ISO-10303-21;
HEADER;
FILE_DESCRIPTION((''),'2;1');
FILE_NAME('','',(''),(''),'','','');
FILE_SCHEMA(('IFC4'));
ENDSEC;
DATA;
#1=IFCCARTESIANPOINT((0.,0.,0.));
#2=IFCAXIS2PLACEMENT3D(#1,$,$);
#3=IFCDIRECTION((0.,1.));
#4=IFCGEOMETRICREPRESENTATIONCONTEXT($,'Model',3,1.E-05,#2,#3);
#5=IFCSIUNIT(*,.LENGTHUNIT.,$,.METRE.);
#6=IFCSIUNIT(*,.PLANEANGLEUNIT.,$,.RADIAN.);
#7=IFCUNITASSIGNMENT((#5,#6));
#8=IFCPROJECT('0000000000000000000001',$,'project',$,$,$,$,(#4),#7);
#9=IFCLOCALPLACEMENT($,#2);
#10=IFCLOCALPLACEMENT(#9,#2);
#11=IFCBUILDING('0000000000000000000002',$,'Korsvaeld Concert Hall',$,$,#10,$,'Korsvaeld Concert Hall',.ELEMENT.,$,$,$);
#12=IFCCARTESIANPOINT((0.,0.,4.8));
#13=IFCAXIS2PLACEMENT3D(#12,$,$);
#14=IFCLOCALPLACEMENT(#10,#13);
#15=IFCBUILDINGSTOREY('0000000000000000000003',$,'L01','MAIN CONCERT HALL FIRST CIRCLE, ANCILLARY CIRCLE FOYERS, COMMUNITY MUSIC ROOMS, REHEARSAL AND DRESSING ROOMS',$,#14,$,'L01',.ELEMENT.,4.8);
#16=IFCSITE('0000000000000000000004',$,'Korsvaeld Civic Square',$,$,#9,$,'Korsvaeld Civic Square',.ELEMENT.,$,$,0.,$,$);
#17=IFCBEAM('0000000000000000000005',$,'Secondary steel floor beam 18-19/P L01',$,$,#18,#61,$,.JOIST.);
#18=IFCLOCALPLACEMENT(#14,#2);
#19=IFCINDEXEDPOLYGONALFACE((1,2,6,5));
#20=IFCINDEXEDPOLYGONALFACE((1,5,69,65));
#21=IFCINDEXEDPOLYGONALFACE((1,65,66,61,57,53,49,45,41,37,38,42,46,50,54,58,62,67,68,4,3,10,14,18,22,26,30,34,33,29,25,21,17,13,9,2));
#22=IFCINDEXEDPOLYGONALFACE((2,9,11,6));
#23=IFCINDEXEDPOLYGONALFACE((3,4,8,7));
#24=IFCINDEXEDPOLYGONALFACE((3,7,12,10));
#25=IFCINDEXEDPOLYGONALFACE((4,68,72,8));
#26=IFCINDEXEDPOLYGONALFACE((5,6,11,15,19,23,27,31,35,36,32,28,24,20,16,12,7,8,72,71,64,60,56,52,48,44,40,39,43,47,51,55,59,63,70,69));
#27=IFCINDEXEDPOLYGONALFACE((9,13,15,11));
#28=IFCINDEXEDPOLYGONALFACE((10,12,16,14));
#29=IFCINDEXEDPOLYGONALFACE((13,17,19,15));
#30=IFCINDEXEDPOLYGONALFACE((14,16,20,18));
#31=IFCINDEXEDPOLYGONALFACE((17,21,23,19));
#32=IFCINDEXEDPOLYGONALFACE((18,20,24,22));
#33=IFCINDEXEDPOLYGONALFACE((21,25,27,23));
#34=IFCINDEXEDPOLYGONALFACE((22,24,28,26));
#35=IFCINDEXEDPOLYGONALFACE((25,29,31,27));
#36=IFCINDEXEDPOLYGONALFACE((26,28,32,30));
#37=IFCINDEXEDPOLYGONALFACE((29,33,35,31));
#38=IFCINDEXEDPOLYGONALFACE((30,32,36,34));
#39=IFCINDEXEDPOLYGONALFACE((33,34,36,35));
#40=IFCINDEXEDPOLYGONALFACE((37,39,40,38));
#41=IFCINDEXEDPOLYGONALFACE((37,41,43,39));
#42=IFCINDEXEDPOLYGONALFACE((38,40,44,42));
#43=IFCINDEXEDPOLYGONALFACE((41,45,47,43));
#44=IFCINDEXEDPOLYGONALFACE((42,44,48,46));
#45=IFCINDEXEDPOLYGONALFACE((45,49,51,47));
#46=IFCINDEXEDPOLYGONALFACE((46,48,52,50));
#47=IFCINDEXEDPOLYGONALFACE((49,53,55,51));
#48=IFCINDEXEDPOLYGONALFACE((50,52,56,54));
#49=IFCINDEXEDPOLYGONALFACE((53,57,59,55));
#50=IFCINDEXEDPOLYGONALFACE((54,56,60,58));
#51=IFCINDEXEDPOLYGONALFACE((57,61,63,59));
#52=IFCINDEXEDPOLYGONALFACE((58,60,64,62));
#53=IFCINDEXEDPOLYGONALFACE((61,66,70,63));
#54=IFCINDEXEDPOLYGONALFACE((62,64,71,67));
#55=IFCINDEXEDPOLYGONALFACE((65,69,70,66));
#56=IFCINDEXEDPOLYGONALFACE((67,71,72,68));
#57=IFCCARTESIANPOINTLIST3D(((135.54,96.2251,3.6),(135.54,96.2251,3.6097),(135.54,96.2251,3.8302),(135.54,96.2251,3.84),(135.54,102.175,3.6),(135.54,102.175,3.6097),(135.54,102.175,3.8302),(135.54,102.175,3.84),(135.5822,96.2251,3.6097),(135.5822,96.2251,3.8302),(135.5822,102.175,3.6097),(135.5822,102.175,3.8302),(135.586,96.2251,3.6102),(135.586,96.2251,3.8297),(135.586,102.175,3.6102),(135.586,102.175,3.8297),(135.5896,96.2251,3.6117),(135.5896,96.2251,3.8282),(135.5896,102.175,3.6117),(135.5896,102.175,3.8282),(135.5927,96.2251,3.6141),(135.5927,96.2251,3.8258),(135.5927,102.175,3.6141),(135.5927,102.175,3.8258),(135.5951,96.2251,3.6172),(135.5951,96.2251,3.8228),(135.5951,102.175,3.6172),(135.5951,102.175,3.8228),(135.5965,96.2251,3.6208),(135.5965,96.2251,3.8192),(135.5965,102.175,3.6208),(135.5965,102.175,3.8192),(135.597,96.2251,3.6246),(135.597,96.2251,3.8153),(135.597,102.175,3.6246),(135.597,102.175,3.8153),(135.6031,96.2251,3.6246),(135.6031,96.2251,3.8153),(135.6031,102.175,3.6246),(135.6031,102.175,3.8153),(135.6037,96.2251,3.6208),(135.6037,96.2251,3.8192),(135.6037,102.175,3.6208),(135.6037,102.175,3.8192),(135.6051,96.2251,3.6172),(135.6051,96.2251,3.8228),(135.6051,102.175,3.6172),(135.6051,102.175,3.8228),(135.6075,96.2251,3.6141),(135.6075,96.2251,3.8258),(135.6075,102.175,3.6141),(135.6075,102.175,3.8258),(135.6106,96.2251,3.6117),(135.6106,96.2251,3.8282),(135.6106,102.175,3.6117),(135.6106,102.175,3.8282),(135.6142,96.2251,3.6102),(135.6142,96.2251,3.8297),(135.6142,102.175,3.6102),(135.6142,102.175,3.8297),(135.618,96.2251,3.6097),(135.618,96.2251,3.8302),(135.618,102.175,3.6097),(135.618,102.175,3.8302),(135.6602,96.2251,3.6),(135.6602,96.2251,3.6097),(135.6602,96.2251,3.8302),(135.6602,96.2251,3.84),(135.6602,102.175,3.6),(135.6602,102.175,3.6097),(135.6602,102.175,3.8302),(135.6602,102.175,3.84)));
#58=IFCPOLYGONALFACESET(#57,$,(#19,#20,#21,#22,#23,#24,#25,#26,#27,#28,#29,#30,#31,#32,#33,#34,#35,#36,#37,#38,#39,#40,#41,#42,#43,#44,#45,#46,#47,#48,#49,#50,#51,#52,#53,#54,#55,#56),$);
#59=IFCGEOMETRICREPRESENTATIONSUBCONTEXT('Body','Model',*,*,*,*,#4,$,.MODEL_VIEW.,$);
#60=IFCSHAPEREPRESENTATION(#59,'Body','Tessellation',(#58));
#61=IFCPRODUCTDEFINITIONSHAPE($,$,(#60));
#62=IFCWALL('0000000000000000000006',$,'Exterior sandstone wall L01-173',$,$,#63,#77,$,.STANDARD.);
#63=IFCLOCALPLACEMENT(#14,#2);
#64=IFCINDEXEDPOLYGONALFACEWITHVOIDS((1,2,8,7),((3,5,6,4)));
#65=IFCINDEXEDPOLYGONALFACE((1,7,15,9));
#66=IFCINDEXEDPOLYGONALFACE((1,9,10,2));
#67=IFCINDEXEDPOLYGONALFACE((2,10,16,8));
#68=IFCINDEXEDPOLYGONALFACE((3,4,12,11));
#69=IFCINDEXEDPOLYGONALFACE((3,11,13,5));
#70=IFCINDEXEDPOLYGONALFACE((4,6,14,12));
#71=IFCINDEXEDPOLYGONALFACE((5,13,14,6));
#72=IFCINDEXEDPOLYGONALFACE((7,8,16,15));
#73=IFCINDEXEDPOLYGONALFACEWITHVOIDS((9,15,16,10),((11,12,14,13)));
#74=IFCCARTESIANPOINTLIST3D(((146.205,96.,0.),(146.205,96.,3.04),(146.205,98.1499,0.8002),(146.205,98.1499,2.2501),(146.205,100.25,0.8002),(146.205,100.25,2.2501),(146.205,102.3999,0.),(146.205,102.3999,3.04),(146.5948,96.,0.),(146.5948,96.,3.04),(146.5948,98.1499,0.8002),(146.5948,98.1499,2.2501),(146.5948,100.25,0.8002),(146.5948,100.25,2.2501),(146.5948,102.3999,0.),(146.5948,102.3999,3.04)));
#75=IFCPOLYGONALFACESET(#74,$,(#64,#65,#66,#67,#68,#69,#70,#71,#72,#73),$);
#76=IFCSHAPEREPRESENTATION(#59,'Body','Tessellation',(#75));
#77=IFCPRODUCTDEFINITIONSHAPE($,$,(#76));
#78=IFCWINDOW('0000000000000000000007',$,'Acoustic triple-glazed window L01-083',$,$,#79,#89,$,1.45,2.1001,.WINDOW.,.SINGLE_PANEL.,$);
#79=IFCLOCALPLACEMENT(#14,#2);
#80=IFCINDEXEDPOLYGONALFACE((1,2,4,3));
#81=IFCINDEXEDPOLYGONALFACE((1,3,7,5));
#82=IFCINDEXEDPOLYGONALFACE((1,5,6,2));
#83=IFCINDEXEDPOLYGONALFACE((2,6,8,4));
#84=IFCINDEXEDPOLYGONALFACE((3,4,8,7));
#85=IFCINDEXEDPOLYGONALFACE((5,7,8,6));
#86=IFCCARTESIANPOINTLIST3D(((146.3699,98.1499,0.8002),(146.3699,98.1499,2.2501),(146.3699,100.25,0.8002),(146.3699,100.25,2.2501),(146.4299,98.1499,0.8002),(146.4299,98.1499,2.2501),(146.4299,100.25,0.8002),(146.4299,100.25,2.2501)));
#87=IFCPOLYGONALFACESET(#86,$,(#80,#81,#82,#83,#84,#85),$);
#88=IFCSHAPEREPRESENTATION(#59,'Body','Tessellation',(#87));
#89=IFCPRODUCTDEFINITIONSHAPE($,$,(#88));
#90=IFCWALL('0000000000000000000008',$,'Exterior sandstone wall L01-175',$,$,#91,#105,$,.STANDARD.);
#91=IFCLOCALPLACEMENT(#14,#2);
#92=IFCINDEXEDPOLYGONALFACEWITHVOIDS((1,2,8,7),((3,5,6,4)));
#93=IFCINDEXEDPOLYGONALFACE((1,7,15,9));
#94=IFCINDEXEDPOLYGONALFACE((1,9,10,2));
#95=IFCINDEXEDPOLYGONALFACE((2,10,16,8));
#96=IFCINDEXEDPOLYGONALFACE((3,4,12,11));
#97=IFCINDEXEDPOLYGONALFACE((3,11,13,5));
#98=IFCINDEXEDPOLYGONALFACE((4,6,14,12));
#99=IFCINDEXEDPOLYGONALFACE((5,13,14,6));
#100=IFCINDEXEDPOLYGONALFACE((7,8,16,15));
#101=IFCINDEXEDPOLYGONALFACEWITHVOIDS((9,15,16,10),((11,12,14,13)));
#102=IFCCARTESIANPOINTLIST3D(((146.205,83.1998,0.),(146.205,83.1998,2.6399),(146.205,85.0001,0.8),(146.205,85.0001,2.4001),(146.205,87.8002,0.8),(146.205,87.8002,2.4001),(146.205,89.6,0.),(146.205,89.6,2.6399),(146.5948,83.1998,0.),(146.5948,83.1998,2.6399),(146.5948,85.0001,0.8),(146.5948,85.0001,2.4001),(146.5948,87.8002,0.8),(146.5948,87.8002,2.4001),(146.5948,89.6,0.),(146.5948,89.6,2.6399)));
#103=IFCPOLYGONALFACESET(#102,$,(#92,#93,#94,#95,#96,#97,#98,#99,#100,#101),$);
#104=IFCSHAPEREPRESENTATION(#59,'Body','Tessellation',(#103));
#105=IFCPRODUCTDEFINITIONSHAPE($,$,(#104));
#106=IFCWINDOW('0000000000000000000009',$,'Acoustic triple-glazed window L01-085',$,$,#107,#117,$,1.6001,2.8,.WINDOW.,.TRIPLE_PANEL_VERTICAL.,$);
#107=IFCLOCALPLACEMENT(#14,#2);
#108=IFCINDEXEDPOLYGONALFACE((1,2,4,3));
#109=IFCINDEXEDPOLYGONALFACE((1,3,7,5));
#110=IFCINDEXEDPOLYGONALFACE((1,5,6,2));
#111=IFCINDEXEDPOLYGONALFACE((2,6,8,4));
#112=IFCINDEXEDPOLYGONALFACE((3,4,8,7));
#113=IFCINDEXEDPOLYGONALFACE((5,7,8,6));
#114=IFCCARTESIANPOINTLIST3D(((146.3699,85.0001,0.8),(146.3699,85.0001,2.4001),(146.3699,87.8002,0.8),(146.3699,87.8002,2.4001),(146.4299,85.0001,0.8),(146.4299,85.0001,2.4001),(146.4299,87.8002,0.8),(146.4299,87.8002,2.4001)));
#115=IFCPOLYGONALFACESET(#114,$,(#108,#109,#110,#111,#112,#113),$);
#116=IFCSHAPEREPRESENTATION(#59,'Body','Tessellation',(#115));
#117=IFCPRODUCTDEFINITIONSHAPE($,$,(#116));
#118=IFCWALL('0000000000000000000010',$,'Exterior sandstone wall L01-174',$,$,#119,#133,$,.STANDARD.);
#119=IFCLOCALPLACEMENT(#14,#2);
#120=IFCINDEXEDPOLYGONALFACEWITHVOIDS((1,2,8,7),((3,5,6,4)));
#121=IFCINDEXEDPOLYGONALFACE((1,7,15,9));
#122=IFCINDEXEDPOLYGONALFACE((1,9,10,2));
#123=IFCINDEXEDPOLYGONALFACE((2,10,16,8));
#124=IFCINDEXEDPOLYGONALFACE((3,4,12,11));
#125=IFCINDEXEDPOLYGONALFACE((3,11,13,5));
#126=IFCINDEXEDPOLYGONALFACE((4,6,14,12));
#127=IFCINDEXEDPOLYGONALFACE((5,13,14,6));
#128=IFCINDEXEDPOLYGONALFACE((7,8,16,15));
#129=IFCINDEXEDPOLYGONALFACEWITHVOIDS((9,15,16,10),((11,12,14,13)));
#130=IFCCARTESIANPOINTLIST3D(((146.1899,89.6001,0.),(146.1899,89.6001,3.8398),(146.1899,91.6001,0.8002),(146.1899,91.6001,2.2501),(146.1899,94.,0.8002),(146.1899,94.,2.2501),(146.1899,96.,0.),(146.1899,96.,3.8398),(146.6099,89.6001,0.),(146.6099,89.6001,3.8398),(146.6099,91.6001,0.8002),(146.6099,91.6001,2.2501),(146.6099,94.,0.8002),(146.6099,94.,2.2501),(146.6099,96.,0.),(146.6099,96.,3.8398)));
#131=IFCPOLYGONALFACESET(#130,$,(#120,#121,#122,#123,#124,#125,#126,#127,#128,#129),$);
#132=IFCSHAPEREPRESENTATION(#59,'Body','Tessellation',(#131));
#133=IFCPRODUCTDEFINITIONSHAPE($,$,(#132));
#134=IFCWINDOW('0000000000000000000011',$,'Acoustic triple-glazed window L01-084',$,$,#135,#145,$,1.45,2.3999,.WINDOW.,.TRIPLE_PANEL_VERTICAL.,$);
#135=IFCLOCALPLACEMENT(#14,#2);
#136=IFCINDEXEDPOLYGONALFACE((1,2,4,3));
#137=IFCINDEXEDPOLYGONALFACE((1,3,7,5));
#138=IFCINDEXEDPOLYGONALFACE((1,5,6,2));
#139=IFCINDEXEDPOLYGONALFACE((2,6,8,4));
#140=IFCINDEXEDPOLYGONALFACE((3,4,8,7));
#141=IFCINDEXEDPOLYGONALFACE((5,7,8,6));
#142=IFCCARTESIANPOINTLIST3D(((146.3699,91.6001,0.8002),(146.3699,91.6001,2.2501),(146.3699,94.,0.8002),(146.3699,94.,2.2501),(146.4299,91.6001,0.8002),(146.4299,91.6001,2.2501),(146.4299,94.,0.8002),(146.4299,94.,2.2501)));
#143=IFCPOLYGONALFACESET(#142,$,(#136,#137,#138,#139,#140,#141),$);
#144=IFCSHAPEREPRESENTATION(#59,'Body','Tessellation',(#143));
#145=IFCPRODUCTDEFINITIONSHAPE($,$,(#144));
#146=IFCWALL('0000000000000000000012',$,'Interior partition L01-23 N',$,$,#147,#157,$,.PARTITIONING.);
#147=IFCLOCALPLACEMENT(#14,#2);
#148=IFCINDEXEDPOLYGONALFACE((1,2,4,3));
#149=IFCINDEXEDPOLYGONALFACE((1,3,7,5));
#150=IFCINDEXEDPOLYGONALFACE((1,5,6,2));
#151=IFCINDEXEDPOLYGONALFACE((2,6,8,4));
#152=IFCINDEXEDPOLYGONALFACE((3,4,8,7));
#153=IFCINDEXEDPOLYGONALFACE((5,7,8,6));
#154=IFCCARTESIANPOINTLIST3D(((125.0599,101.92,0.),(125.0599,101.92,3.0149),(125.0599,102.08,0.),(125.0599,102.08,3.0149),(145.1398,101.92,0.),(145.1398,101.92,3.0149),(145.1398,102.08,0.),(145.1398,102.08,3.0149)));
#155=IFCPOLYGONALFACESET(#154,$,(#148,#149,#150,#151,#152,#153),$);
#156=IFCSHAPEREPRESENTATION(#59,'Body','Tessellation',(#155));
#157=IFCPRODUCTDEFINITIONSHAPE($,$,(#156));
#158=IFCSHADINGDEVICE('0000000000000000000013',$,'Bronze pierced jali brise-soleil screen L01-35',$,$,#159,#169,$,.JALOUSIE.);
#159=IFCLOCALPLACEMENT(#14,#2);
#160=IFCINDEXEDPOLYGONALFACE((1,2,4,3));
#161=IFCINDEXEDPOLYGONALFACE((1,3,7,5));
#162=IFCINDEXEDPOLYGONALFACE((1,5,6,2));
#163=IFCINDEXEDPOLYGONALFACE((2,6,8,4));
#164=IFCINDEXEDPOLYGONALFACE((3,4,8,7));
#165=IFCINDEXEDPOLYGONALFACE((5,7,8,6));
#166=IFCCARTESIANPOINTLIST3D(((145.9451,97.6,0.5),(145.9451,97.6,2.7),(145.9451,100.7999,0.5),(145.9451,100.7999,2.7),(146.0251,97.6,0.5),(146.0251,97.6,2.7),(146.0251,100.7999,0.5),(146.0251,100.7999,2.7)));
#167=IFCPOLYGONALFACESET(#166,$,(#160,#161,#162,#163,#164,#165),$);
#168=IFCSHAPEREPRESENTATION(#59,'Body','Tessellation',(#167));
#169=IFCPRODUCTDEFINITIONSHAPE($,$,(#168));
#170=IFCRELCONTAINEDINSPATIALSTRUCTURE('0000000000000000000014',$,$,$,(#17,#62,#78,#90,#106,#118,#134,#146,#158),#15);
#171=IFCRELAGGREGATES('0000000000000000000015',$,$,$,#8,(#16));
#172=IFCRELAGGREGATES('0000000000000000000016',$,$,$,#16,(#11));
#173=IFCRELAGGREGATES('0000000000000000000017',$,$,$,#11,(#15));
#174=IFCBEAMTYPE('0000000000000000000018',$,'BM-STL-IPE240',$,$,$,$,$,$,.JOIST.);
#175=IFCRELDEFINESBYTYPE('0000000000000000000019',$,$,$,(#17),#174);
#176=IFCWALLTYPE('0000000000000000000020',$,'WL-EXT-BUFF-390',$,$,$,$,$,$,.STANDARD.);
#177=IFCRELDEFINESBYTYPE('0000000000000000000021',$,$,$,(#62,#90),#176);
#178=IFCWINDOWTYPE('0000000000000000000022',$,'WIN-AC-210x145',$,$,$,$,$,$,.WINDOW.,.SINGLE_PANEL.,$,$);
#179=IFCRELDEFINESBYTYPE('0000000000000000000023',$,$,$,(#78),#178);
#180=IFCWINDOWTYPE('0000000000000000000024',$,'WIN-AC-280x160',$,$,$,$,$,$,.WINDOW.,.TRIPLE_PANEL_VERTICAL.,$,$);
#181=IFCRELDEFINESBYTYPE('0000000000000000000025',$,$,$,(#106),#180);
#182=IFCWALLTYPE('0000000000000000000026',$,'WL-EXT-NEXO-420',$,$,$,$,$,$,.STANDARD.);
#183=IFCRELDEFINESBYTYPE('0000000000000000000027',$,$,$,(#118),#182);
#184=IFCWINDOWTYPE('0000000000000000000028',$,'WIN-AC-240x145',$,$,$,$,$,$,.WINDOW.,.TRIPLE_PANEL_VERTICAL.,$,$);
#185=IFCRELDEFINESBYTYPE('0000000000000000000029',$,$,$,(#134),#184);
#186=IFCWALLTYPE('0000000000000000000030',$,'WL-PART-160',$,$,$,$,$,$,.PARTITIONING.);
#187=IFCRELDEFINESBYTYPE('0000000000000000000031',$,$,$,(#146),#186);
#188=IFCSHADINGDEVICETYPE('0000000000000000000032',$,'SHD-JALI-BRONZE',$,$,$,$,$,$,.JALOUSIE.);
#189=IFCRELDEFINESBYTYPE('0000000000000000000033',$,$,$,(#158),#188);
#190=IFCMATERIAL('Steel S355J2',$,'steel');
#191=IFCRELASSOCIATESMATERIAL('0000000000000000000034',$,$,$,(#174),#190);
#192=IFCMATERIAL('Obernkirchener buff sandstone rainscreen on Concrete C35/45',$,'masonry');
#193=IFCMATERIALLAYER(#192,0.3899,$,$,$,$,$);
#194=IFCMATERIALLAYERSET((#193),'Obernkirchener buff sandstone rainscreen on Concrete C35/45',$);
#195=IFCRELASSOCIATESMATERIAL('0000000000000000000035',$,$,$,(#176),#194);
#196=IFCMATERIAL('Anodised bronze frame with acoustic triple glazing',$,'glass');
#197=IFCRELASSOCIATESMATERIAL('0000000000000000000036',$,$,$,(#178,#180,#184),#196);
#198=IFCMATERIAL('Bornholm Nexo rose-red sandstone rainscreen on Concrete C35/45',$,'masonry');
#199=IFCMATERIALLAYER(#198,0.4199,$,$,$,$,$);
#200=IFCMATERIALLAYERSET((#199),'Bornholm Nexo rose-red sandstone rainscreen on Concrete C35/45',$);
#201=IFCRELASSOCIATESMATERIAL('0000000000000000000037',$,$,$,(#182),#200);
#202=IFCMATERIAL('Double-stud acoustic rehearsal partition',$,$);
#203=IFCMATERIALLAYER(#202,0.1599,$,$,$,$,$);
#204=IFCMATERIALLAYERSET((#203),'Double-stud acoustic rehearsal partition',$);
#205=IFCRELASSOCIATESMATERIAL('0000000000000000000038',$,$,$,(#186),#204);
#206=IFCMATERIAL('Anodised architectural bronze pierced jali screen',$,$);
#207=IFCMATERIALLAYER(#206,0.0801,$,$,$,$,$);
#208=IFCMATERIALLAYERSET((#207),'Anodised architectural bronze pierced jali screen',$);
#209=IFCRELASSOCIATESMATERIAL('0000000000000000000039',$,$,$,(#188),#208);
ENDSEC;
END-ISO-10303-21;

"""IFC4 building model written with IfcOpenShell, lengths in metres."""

from ifc_helpers import new_model, si_unit, direction, frame, frame_2d, origin, origin_2d, place, context, subcontext, project, spatial, rectangle, i_section, extrude, material, layer, layer_set, material_profile, profile_set, type_object, element, fill, save


model = new_model("IFC4")

# Units and contexts
model_context = context("Model", 3, precision=1e-05, world=origin(), true_north=direction((0.0, 1.0)))
body_context = subcontext(model_context, "Body", "Model", "MODEL_VIEW")
ifc_project = project(units=[si_unit("LENGTHUNIT", "METRE"), si_unit("PLANEANGLEUNIT", "RADIAN")], contexts=[model_context])

# Site, building, storey
site_placement = place(None, origin())
site = spatial("IfcSite", under=ifc_project, at=site_placement, Name="Korsvaeld Civic Square", LongName="Korsvaeld Civic Square", CompositionType="ELEMENT", RefElevation=0.0)
building_placement = place(site_placement, origin())
building = spatial("IfcBuilding", under=site, at=building_placement, Name="Korsvaeld Concert Hall", LongName="Korsvaeld Concert Hall", CompositionType="ELEMENT")
storey_placement = place(building_placement, frame((0.0, 0.0, 4.8)))
storey = spatial("IfcBuildingStorey", under=building, at=storey_placement, Name="L01", Description="MAIN CONCERT HALL FIRST CIRCLE, ANCILLARY CIRCLE FOYERS, COMMUNITY MUSIC ROOMS, REHEARSAL AND DRESSING ROOMS", LongName="L01", CompositionType="ELEMENT", Elevation=4.8)

# Beam
ifc_material_1 = material(Name="Steel S355J2", Category="steel")
ifc_material_profile_1 = material_profile(ifc_material_1, i_section(OverallWidth=0.1201, OverallDepth=0.24, WebThickness=0.0061, FlangeThickness=0.0098, FilletRadius=0.0149, at=origin_2d()), Name="IPE 240")
ifc_profile_set_1 = profile_set([ifc_material_profile_1], Name="Steel S355J2")
beam_type_1 = type_object("IfcBeamType", Name="BM-STL-IPE240", PredefinedType="JOIST", material=ifc_profile_set_1)
beam_1_placement = place(storey_placement, frame((135.6001, 96.2251, 3.72), z_axis=(0.0, 1.0, 0.0), x_axis=(-1.0, 0.0, 0.0)))
element("IfcBeam", 1, at=beam_1_placement, inside=storey, type_object=beam_type_1, Name="Secondary steel floor beam 18-19/P L01", PredefinedType="JOIST", context=body_context, shape_type="SweptSolid", body=[
    extrude(i_section(OverallWidth=0.1201, OverallDepth=0.24, WebThickness=0.0061, FlangeThickness=0.0098, FilletRadius=0.0149, at=origin_2d()), origin(), (0.0, 0.0, 1.0), 5.95),
])

# Walls, openings, windows
ifc_material_2 = material(Name="Obernkirchener buff sandstone rainscreen on Concrete C35/45", Category="masonry")
ifc_layer_1 = layer(ifc_material_2, 0.3899)
ifc_layer_set_1 = layer_set([ifc_layer_1], Name="Obernkirchener buff sandstone rainscreen on Concrete C35/45")
wall_type_1 = type_object("IfcWallType", Name="WL-EXT-BUFF-390", PredefinedType="STANDARD", material=ifc_layer_set_1)
wall_1_placement = place(storey_placement, frame((146.3999, 102.3999, 0.0), z_axis=(0.0, 0.0, 1.0), x_axis=(0.0, -1.0, 0.0)))
wall_1 = element("IfcWall", 2, at=wall_1_placement, inside=storey, type_object=wall_type_1, Name="Exterior sandstone wall L01-173", PredefinedType="STANDARD", context=body_context, shape_type="SweptSolid", body=[
    extrude(rectangle(XDim=6.3999, YDim=0.3899, at=frame_2d((3.2, 0.0))), origin(), (0.0, 0.0, 1.0), 3.04),
])
opening_1_placement = place(wall_1_placement, frame((2.1499, 0.0, 0.8)))
opening_1 = element("IfcOpeningElement", 3, at=opening_1_placement, cuts=wall_1, PredefinedType="OPENING", context=body_context, shape_type="SweptSolid", body=[
    extrude(rectangle(XDim=2.1001, YDim=1.45, at=frame_2d((1.05, 0.7251))), frame((0.0, 0.2051, 0.0), z_axis=(0.0, -1.0, 0.0), x_axis=(1.0, 0.0, 0.0)), (0.0, 0.0, 1.0), 0.4099),
])
ifc_material_3 = material(Name="Anodised bronze frame with acoustic triple glazing", Category="glass")
window_type_1 = type_object("IfcWindowType", Name="WIN-AC-210x145", PartitioningType="SINGLE_PANEL", PredefinedType="WINDOW", material=ifc_material_3)
window_1_placement = place(opening_1_placement, origin())
window_1 = element("IfcWindow", 4, at=window_1_placement, inside=storey, type_object=window_type_1, Name="Acoustic triple-glazed window L01-083", OverallHeight=1.45, OverallWidth=2.1001, PartitioningType="SINGLE_PANEL", PredefinedType="WINDOW", context=body_context, shape_type="SweptSolid", body=[
    extrude(rectangle(XDim=2.1001, YDim=1.45, at=frame_2d((1.05, 0.7251))), frame((0.0, 0.03, 0.0), z_axis=(0.0, -1.0, 0.0), x_axis=(1.0, 0.0, 0.0)), (0.0, 0.0, 1.0), 0.0601),
])
fill(opening_1, window_1)
wall_2_placement = place(storey_placement, frame((146.3999, 89.6001, 0.0), z_axis=(0.0, 0.0, 1.0), x_axis=(0.0, -1.0, 0.0)))
wall_2 = element("IfcWall", 5, at=wall_2_placement, inside=storey, type_object=wall_type_1, Name="Exterior sandstone wall L01-175", PredefinedType="STANDARD", context=body_context, shape_type="SweptSolid", body=[
    extrude(rectangle(XDim=6.4001, YDim=0.3899, at=frame_2d((3.2002, 0.0))), origin(), (0.0, 0.0, 1.0), 2.6399),
])
opening_2_placement = place(wall_2_placement, frame((1.8, 0.0, 0.8)))
opening_2 = element("IfcOpeningElement", 6, at=opening_2_placement, cuts=wall_2, PredefinedType="OPENING", context=body_context, shape_type="SweptSolid", body=[
    extrude(rectangle(XDim=2.8, YDim=1.6001, at=frame_2d((1.3999, 0.8))), frame((0.0, 0.2051, 0.0), z_axis=(0.0, -1.0, 0.0), x_axis=(1.0, 0.0, 0.0)), (0.0, 0.0, 1.0), 0.4099),
])
window_type_2 = type_object("IfcWindowType", Name="WIN-AC-280x160", PartitioningType="TRIPLE_PANEL_VERTICAL", PredefinedType="WINDOW", material=ifc_material_3)
window_2_placement = place(opening_2_placement, origin())
window_2 = element("IfcWindow", 7, at=window_2_placement, inside=storey, type_object=window_type_2, Name="Acoustic triple-glazed window L01-085", OverallHeight=1.6001, OverallWidth=2.8, PartitioningType="TRIPLE_PANEL_VERTICAL", PredefinedType="WINDOW", context=body_context, shape_type="SweptSolid", body=[
    extrude(rectangle(XDim=2.8, YDim=1.6001, at=frame_2d((1.3999, 0.8))), frame((0.0, 0.03, 0.0), z_axis=(0.0, -1.0, 0.0), x_axis=(1.0, 0.0, 0.0)), (0.0, 0.0, 1.0), 0.0601),
])
fill(opening_2, window_2)
ifc_material_4 = material(Name="Bornholm Nexo rose-red sandstone rainscreen on Concrete C35/45", Category="masonry")
ifc_layer_2 = layer(ifc_material_4, 0.4199)
ifc_layer_set_2 = layer_set([ifc_layer_2], Name="Bornholm Nexo rose-red sandstone rainscreen on Concrete C35/45")
wall_type_2 = type_object("IfcWallType", Name="WL-EXT-NEXO-420", PredefinedType="STANDARD", material=ifc_layer_set_2)
wall_3_placement = place(storey_placement, frame((146.3999, 96.0, 0.0), z_axis=(0.0, 0.0, 1.0), x_axis=(0.0, -1.0, 0.0)))
wall_3 = element("IfcWall", 8, at=wall_3_placement, inside=storey, type_object=wall_type_2, Name="Exterior sandstone wall L01-174", PredefinedType="STANDARD", context=body_context, shape_type="SweptSolid", body=[
    extrude(rectangle(XDim=6.3999, YDim=0.4199, at=frame_2d((3.2, 0.0))), origin(), (0.0, 0.0, 1.0), 3.8398),
])
opening_3_placement = place(wall_3_placement, frame((2.0, 0.0, 0.8)))
opening_3 = element("IfcOpeningElement", 9, at=opening_3_placement, cuts=wall_3, PredefinedType="OPENING", context=body_context, shape_type="SweptSolid", body=[
    extrude(rectangle(XDim=2.3999, YDim=1.45, at=frame_2d((1.2, 0.7251))), frame((0.0, 0.22, 0.0), z_axis=(0.0, -1.0, 0.0), x_axis=(1.0, 0.0, 0.0)), (0.0, 0.0, 1.0), 0.4399),
])
window_type_3 = type_object("IfcWindowType", Name="WIN-AC-240x145", PartitioningType="TRIPLE_PANEL_VERTICAL", PredefinedType="WINDOW", material=ifc_material_3)
window_3_placement = place(opening_3_placement, origin())
window_3 = element("IfcWindow", 10, at=window_3_placement, inside=storey, type_object=window_type_3, Name="Acoustic triple-glazed window L01-084", OverallHeight=1.45, OverallWidth=2.3999, PartitioningType="TRIPLE_PANEL_VERTICAL", PredefinedType="WINDOW", context=body_context, shape_type="SweptSolid", body=[
    extrude(rectangle(XDim=2.3999, YDim=1.45, at=frame_2d((1.2, 0.7251))), frame((0.0, 0.03, 0.0), z_axis=(0.0, -1.0, 0.0), x_axis=(1.0, 0.0, 0.0)), (0.0, 0.0, 1.0), 0.0601),
])
fill(opening_3, window_3)

# Wall
ifc_material_5 = material(Name="Double-stud acoustic rehearsal partition")
ifc_layer_3 = layer(ifc_material_5, 0.1599)
ifc_layer_set_3 = layer_set([ifc_layer_3], Name="Double-stud acoustic rehearsal partition")
wall_type_3 = type_object("IfcWallType", Name="WL-PART-160", PredefinedType="PARTITIONING", material=ifc_layer_set_3)
wall_4_placement = place(storey_placement, frame((145.1399, 102.0, 0.0), z_axis=(0.0, 0.0, 1.0), x_axis=(-1.0, 0.0, 0.0)))
element("IfcWall", 11, at=wall_4_placement, inside=storey, type_object=wall_type_3, Name="Interior partition L01-23 N", PredefinedType="PARTITIONING", context=body_context, shape_type="SweptSolid", body=[
    extrude(rectangle(XDim=20.0798, YDim=0.1599, at=frame_2d((10.04, 0.0))), origin(), (0.0, 0.0, 1.0), 3.0149),
])

# Shading device
ifc_material_6 = material(Name="Anodised architectural bronze pierced jali screen")
ifc_layer_4 = layer(ifc_material_6, 0.0801)
ifc_layer_set_4 = layer_set([ifc_layer_4], Name="Anodised architectural bronze pierced jali screen")
shading_device_type = type_object("IfcShadingDeviceType", Name="SHD-JALI-BRONZE", PredefinedType="JALOUSIE", material=ifc_layer_set_4)
for number, where, z_axis, x_axis, name in (
    (12, (145.9851, 99.2, 0.5), (0.0, 0.0, 1.0), (0.0, -1.0, 0.0), "Bronze pierced jali brise-soleil screen L01-35"),
):
    element("IfcShadingDevice", number, at=place(storey_placement, frame(where, z_axis=z_axis, x_axis=x_axis)), inside=storey, type_object=shading_device_type, Name=name, PredefinedType="JALOUSIE", context=body_context, shape_type="SweptSolid", body=[
        extrude(rectangle(XDim=3.2, YDim=0.0801, at=origin_2d()), origin(), (0.0, 0.0, 1.0), 2.2),
    ])

save(model, "model.ifc")
